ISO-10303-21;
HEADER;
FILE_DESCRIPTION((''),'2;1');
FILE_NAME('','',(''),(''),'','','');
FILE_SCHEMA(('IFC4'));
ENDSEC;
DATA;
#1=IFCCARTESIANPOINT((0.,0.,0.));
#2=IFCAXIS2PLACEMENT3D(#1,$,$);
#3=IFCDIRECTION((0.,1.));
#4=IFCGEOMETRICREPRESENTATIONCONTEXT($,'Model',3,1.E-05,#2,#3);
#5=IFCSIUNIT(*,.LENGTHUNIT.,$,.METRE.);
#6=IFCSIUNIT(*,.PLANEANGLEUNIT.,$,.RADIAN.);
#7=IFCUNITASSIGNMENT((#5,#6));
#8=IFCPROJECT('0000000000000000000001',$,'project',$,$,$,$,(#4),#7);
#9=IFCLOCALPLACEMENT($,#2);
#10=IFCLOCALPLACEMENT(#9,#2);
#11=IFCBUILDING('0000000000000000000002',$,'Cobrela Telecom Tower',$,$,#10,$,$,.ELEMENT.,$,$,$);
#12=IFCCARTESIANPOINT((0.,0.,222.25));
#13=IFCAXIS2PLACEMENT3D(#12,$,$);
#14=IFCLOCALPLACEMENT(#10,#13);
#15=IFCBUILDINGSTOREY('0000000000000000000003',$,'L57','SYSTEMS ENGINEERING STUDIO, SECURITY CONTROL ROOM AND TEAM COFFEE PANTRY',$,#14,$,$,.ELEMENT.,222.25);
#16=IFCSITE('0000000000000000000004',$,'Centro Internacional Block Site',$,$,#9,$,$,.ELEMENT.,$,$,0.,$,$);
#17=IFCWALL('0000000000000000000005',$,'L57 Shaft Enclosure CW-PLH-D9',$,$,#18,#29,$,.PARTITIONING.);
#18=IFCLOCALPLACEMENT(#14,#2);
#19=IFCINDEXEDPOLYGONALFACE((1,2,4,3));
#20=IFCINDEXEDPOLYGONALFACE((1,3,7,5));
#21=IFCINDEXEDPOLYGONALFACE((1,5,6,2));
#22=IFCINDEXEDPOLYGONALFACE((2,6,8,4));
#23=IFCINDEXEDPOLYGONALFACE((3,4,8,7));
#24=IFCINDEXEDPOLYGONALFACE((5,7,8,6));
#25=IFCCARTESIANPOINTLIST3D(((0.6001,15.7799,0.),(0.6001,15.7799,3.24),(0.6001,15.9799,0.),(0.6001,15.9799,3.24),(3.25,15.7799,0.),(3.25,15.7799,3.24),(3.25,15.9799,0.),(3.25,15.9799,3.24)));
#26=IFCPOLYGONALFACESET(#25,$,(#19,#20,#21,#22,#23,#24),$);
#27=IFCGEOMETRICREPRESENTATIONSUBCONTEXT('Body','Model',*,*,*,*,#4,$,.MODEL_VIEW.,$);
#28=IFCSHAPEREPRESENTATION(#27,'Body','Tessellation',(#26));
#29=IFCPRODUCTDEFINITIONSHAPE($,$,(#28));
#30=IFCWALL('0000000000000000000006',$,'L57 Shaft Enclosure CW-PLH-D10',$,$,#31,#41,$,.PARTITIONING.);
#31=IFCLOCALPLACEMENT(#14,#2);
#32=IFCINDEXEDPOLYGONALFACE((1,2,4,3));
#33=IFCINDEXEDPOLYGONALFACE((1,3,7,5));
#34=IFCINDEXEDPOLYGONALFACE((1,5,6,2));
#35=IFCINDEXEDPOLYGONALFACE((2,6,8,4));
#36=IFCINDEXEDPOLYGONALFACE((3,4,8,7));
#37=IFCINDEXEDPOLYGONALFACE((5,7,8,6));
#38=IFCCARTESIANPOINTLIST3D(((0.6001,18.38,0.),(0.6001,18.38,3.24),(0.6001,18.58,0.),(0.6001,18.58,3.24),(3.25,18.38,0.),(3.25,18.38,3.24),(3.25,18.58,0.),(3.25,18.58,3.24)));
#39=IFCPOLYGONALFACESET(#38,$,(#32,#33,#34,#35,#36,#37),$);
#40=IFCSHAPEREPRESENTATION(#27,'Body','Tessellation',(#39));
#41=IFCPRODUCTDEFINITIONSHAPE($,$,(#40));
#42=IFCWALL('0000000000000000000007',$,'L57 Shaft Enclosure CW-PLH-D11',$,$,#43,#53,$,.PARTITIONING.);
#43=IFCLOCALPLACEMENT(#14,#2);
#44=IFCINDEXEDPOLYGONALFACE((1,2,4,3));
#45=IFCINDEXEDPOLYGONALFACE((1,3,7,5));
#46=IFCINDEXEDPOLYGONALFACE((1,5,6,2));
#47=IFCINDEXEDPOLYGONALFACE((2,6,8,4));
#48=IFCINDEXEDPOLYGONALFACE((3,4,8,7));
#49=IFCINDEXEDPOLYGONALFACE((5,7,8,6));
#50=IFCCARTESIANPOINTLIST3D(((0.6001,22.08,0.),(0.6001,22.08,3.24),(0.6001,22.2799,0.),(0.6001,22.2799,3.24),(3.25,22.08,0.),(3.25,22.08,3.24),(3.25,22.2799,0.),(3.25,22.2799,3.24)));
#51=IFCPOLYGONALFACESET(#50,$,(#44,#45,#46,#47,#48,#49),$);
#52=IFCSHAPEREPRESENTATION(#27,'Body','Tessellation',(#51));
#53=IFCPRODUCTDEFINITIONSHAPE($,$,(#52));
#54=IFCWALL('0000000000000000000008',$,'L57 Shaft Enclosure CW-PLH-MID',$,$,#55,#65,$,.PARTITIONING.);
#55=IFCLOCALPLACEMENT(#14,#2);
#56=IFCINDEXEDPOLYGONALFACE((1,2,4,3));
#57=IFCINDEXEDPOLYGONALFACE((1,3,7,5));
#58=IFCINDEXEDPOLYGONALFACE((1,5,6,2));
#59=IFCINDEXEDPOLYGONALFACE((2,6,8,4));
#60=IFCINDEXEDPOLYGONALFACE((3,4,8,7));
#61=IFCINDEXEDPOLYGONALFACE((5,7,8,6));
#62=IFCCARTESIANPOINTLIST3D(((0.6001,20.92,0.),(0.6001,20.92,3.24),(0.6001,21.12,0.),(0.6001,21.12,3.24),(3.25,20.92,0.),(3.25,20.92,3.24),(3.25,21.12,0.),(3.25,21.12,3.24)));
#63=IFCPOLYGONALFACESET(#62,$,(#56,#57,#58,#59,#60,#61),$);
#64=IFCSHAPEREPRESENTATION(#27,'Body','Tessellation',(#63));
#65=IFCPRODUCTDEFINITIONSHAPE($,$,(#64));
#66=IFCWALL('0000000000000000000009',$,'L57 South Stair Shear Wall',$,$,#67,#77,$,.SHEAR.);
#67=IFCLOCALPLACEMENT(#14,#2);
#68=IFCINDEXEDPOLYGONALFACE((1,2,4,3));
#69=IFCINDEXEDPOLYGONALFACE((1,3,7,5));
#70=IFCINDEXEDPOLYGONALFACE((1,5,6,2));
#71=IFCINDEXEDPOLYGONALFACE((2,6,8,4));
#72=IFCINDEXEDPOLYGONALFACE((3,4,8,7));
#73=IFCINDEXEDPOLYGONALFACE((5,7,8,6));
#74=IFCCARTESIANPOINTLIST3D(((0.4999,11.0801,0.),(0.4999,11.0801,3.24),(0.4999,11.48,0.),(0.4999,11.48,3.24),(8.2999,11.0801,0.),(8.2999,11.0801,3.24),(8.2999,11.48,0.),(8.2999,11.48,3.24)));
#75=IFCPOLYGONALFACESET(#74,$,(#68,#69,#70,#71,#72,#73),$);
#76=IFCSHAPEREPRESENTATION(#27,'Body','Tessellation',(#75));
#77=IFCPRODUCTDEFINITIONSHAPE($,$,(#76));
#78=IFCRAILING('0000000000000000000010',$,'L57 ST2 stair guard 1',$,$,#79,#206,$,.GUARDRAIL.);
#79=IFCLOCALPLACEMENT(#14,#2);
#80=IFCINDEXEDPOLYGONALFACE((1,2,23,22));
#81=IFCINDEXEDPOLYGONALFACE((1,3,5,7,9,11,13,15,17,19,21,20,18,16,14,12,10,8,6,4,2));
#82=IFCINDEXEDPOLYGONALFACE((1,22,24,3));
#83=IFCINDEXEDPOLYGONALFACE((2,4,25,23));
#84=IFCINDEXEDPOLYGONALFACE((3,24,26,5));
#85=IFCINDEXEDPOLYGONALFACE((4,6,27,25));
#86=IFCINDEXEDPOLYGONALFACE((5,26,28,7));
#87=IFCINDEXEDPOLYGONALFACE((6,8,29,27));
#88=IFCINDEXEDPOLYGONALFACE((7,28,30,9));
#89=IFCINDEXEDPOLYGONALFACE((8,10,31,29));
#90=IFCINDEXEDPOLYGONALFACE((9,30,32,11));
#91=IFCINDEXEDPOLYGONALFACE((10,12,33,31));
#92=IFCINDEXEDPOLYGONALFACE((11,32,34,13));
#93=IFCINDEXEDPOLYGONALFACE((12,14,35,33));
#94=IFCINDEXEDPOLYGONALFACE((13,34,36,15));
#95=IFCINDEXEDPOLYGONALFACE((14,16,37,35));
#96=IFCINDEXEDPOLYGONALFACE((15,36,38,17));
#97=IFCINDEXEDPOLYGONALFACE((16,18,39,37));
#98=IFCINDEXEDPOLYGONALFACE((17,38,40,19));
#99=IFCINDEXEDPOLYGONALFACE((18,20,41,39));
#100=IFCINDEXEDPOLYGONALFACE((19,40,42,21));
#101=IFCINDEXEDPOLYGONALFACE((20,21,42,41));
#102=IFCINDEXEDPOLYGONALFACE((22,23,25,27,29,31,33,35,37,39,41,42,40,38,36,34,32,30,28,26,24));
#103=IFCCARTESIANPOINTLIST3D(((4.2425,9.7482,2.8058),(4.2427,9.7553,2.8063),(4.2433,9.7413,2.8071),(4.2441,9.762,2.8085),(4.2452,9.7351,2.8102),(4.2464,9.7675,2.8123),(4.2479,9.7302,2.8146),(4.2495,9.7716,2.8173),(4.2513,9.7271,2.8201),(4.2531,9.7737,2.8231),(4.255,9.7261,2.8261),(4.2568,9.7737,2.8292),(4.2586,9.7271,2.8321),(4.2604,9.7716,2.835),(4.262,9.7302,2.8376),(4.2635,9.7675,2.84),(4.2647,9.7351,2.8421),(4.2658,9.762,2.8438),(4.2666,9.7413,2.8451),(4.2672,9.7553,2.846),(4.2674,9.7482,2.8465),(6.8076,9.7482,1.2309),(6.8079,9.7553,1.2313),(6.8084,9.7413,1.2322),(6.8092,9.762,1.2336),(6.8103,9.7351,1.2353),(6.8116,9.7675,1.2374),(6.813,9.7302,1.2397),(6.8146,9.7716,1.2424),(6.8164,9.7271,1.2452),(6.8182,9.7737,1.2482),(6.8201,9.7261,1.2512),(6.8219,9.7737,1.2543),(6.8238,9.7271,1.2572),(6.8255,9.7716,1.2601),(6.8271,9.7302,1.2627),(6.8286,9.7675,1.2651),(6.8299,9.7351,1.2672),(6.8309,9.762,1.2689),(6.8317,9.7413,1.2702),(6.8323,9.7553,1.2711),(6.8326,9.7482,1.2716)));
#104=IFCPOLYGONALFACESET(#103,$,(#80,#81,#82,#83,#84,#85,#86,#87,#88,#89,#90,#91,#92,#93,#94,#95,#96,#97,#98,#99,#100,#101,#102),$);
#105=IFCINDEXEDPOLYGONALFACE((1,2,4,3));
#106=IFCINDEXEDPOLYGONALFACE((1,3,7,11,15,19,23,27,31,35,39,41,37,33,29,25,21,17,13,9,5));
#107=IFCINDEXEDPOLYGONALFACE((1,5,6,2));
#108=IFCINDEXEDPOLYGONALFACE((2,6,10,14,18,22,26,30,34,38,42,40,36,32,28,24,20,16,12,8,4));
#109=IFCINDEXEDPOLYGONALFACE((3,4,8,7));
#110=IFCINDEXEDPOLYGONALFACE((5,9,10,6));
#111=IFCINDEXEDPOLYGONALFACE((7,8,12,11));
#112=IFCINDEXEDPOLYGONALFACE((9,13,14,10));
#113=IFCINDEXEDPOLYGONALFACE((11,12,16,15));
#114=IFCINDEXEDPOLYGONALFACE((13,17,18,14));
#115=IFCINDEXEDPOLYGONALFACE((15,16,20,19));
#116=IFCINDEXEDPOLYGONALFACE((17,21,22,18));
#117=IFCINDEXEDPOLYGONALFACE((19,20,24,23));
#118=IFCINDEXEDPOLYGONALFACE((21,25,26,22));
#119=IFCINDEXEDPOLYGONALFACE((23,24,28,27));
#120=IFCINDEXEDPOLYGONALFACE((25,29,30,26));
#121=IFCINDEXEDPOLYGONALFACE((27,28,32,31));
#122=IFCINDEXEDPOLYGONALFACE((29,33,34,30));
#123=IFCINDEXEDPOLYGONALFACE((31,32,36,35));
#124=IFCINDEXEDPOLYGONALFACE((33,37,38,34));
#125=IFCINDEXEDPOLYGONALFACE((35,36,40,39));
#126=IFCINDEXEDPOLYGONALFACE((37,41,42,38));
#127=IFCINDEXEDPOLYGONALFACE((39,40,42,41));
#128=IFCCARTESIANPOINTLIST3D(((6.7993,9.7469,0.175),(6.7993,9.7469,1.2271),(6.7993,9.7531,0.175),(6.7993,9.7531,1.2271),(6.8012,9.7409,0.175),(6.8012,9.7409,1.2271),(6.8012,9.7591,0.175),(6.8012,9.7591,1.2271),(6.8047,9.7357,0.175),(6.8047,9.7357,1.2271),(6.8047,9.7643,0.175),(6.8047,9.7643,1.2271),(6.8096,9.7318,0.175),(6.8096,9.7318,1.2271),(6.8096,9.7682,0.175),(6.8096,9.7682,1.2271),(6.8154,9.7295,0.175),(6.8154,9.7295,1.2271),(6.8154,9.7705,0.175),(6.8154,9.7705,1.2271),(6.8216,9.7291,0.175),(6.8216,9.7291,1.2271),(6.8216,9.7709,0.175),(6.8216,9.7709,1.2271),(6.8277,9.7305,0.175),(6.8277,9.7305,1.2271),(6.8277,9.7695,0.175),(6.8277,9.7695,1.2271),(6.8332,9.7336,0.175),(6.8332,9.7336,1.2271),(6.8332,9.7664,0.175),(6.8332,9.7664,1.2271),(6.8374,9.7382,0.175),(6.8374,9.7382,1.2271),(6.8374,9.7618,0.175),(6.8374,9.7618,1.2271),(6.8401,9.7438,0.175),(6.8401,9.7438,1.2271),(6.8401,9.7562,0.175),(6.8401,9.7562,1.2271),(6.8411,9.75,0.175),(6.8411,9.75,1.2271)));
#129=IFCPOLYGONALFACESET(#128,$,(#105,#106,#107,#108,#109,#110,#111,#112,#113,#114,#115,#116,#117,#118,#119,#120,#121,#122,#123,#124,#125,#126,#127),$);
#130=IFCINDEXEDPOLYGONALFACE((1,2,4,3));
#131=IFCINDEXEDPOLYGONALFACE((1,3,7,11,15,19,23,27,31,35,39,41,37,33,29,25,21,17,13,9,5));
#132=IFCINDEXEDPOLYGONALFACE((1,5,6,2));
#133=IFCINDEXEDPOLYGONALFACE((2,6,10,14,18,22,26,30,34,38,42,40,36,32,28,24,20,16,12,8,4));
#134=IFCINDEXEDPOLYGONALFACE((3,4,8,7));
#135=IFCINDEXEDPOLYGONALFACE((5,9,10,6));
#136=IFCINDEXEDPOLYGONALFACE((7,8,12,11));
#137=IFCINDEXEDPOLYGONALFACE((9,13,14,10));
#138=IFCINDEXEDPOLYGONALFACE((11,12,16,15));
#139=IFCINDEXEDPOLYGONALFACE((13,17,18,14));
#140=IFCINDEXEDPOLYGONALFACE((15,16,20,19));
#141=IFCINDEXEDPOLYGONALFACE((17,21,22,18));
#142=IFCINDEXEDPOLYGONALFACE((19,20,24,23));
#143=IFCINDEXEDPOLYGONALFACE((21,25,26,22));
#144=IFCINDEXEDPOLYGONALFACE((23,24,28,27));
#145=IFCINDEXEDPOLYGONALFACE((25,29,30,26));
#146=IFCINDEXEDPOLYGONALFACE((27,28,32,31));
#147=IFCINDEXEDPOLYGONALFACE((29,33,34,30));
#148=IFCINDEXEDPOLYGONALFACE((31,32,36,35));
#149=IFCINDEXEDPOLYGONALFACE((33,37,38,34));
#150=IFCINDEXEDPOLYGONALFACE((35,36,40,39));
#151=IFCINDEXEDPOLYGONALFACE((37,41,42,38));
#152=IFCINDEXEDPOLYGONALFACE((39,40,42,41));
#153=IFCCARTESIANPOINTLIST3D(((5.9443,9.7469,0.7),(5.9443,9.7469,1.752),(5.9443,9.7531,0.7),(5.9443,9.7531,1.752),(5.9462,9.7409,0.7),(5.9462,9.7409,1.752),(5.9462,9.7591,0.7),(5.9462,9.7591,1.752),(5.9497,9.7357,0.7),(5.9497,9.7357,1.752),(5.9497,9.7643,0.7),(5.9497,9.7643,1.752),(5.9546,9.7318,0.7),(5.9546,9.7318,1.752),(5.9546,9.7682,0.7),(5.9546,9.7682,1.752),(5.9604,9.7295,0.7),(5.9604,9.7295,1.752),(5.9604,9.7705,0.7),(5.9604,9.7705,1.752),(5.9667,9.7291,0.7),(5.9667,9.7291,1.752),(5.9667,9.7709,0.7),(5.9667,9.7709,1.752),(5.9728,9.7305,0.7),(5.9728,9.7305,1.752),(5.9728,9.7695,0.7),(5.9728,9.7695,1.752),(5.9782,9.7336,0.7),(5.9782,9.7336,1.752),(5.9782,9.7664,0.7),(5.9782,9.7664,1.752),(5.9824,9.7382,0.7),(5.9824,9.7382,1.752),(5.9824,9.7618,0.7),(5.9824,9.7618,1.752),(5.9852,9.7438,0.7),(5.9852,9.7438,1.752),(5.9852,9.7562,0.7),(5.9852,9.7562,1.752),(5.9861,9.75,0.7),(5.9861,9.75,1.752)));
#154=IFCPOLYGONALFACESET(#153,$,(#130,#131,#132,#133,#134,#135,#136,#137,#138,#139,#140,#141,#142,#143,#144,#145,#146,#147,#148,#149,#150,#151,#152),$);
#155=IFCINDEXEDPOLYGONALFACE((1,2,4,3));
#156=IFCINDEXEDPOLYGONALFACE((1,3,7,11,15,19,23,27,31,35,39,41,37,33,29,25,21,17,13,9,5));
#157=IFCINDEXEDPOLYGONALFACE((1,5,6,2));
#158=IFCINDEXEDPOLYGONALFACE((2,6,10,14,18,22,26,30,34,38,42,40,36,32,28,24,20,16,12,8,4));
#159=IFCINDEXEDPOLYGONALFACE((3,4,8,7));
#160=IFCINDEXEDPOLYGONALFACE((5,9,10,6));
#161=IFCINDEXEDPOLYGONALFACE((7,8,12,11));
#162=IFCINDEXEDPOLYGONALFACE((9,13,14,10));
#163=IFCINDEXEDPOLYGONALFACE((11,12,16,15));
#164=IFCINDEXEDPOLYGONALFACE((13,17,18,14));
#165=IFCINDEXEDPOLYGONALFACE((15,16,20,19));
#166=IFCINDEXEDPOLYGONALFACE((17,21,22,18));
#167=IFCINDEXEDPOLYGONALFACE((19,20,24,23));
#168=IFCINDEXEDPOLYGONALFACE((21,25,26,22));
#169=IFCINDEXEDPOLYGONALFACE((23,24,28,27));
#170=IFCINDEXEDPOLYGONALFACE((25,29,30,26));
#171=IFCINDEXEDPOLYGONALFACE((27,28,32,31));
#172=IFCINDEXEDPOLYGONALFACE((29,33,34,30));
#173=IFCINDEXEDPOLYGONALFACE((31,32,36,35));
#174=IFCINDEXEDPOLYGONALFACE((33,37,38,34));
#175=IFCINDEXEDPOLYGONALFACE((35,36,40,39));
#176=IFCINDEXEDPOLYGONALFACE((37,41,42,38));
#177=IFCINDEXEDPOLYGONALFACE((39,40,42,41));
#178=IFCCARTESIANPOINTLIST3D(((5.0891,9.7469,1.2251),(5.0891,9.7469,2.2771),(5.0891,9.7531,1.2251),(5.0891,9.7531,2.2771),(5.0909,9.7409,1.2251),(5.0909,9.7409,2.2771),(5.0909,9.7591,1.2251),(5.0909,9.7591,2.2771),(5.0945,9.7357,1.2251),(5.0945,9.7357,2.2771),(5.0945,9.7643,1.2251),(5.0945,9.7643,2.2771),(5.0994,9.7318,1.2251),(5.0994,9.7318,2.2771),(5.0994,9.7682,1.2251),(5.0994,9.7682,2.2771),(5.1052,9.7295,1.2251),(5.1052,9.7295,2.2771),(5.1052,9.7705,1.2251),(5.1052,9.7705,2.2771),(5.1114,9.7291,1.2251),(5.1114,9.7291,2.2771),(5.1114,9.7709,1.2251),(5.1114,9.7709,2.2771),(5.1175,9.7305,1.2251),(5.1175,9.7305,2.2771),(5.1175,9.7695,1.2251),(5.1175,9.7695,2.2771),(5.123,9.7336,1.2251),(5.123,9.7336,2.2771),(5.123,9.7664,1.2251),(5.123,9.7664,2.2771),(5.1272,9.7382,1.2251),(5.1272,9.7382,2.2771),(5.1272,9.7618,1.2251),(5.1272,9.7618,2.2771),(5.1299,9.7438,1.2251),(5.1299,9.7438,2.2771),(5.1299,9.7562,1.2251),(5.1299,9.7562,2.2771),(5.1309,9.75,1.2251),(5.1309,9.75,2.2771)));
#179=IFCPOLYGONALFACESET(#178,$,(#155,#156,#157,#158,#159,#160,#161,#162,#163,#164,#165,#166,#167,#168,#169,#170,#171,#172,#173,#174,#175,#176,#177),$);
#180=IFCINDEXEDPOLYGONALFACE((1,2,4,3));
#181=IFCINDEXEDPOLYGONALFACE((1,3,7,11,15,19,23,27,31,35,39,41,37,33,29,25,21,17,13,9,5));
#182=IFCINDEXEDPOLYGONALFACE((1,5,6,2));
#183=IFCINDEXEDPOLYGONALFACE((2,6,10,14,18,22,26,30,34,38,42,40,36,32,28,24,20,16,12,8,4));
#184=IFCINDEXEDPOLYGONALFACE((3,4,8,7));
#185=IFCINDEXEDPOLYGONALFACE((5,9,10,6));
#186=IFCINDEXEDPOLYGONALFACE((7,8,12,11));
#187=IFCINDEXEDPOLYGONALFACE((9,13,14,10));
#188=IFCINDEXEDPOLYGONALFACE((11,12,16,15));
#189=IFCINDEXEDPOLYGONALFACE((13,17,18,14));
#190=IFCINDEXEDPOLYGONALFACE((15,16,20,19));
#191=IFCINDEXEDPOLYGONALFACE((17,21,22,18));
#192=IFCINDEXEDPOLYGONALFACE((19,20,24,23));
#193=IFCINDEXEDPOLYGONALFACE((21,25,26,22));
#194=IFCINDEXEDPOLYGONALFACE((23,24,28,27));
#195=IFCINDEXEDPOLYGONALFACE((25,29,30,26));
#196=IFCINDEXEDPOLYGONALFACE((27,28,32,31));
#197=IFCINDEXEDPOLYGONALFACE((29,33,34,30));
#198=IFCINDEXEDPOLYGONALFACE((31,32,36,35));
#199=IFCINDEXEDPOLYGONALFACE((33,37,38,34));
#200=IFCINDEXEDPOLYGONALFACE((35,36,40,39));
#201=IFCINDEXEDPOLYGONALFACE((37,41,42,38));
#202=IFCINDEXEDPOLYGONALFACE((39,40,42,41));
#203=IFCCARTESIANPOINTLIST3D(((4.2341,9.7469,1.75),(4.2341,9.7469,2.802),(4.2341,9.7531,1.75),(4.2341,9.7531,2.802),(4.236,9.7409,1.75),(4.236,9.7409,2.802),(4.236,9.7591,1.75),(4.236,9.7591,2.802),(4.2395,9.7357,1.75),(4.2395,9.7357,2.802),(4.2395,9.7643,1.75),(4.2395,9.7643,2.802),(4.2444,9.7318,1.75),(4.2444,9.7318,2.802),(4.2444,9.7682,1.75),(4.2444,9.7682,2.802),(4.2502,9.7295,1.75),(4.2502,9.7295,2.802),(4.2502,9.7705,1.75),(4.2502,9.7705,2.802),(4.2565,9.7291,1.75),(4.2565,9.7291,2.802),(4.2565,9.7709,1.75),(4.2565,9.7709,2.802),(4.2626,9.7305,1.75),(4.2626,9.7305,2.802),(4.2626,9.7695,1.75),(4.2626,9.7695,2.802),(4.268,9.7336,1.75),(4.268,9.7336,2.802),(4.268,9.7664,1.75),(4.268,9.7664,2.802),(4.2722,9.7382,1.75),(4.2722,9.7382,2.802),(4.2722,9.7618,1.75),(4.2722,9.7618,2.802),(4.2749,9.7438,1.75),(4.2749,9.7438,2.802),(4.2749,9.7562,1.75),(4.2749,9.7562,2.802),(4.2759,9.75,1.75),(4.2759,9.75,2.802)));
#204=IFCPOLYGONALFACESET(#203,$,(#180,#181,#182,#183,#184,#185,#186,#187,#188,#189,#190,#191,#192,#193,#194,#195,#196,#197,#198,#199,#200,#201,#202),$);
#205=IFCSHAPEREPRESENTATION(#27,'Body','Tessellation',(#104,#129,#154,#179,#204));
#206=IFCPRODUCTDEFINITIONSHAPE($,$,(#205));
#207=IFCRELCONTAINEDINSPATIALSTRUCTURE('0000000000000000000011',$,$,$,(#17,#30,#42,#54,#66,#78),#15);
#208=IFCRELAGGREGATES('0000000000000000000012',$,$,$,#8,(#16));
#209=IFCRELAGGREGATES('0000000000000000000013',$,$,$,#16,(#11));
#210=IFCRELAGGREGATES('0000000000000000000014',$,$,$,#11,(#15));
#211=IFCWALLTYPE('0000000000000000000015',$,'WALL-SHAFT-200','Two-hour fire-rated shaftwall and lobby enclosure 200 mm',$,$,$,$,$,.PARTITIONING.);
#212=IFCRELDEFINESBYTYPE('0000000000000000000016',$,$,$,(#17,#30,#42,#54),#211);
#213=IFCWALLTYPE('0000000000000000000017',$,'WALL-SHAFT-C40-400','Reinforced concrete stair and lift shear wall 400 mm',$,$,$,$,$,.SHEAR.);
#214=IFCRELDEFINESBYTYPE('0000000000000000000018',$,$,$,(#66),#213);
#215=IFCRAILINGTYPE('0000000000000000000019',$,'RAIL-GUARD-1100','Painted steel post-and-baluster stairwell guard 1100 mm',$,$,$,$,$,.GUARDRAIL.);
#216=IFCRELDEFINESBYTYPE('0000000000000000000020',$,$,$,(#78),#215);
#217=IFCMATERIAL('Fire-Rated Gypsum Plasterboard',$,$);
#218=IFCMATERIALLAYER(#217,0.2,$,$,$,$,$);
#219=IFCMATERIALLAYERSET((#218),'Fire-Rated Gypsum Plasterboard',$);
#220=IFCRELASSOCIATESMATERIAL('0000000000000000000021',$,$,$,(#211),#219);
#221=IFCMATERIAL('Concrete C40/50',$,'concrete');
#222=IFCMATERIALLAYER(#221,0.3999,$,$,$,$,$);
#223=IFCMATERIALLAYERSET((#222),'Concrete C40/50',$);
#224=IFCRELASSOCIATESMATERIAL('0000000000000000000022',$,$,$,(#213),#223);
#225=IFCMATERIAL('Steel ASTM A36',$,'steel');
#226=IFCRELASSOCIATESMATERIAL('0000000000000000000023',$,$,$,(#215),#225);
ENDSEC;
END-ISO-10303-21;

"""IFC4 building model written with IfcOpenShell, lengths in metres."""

from ifc_helpers import new_model, si_unit, direction, frame, frame_2d, origin, origin_2d, place, context, subcontext, project, spatial, rectangle, circle, extrude, material, layer, layer_set, type_object, element, save


model = new_model("IFC4")

# Units and contexts
model_context = context("Model", 3, precision=1e-05, world=origin(), true_north=direction((0.0, 1.0)))
body_context = subcontext(model_context, "Body", "Model", "MODEL_VIEW")
ifc_project = project(units=[si_unit("LENGTHUNIT", "METRE"), si_unit("PLANEANGLEUNIT", "RADIAN")], contexts=[model_context])

# Site, building, storey
site_placement = place(None, origin())
site = spatial("IfcSite", under=ifc_project, at=site_placement, Name="Centro Internacional Block Site", CompositionType="ELEMENT", RefElevation=0.0)
building_placement = place(site_placement, origin())
building = spatial("IfcBuilding", under=site, at=building_placement, Name="Cobrela Telecom Tower", CompositionType="ELEMENT")
storey_placement = place(building_placement, frame((0.0, 0.0, 222.25)))
storey = spatial("IfcBuildingStorey", under=building, at=storey_placement, Name="L57", Description="SYSTEMS ENGINEERING STUDIO, SECURITY CONTROL ROOM AND TEAM COFFEE PANTRY", CompositionType="ELEMENT", Elevation=222.25)

# Shared definitions
ifc_material_1 = material(Name="Fire-Rated Gypsum Plasterboard")

# Shared definitions
ifc_layer_1 = layer(ifc_material_1, 0.2)
ifc_layer_set_1 = layer_set([ifc_layer_1], Name="Fire-Rated Gypsum Plasterboard")
wall_type_1 = type_object("IfcWallType", Name="WALL-SHAFT-200", Description="Two-hour fire-rated shaftwall and lobby enclosure 200 mm", PredefinedType="PARTITIONING", material=ifc_layer_set_1)
ifc_material_2 = material(Name="Steel ASTM A36", Category="steel")

# Walls
for number, where, z_axis, x_axis, name in (
    (1, (0.6001, 15.8799, 0.0), (0.0, 0.0, 1.0), (1.0, 0.0, 0.0), "L57 Shaft Enclosure CW-PLH-D9"),
    (2, (0.6001, 18.48, 0.0), (0.0, 0.0, 1.0), (1.0, 0.0, 0.0), "L57 Shaft Enclosure CW-PLH-D10"),
    (3, (0.6001, 22.1799, 0.0), (0.0, 0.0, 1.0), (1.0, 0.0, 0.0), "L57 Shaft Enclosure CW-PLH-D11"),
    (4, (0.6001, 21.02, 0.0), (0.0, 0.0, 1.0), (1.0, 0.0, 0.0), "L57 Shaft Enclosure CW-PLH-MID"),
):
    element("IfcWall", number, at=place(storey_placement, frame(where, z_axis=z_axis, x_axis=x_axis)), inside=storey, type_object=wall_type_1, Name=name, PredefinedType="PARTITIONING", context=body_context, shape_type="SweptSolid", body=[
        extrude(rectangle(XDim=2.6499, YDim=0.2, at=frame_2d((1.325, 0.0))), origin(), (0.0, 0.0, 1.0), 3.24),
    ])
ifc_material_3 = material(Name="Concrete C40/50", Category="concrete")
ifc_layer_2 = layer(ifc_material_3, 0.3999)
ifc_layer_set_2 = layer_set([ifc_layer_2], Name="Concrete C40/50")
wall_type_2 = type_object("IfcWallType", Name="WALL-SHAFT-C40-400", Description="Reinforced concrete stair and lift shear wall 400 mm", PredefinedType="SHEAR", material=ifc_layer_set_2)
wall_1_placement = place(storey_placement, frame((0.5, 11.28, 0.0), z_axis=(0.0, 0.0, 1.0), x_axis=(1.0, 0.0, 0.0)))
element("IfcWall", 5, at=wall_1_placement, inside=storey, type_object=wall_type_2, Name="L57 South Stair Shear Wall", PredefinedType="SHEAR", context=body_context, shape_type="SweptSolid", body=[
    extrude(rectangle(XDim=7.8, YDim=0.3999, at=frame_2d((3.8999, 0.0))), origin(), (0.0, 0.0, 1.0), 3.24),
])

# Railing
railing_type = type_object("IfcRailingType", Name="RAIL-GUARD-1100", Description="Painted steel post-and-baluster stairwell guard 1100 mm", PredefinedType="GUARDRAIL", material=ifc_material_2)
railing_1_placement = place(storey_placement, frame((6.8201, 9.75, 0.175)))
element("IfcRailing", 6, at=railing_1_placement, inside=storey, type_object=railing_type, Name="L57 ST2 stair guard 1", PredefinedType="GUARDRAIL", context=body_context, shape_type="SweptSolid", body=[
    extrude(circle(Radius=0.0239, at=origin_2d()), frame((0.0, 0.0, 1.0762), z_axis=(-0.852195, 0.0, 0.523224), x_axis=(0.0, -1.0, 0.0)), (0.0, 0.0, 1.0), 3.01),
    extrude(circle(Radius=0.021, at=origin_2d()), origin(), (0.0, 0.0, 1.0), 1.052),
    extrude(circle(Radius=0.021, at=origin_2d()), frame((-0.855, 0.0, 0.5249)), (0.0, 0.0, 1.0), 1.052),
    extrude(circle(Radius=0.021, at=origin_2d()), frame((-1.7102, 0.0, 1.05)), (0.0, 0.0, 1.0), 1.052),
    extrude(circle(Radius=0.021, at=origin_2d()), frame((-2.5652, 0.0, 1.575)), (0.0, 0.0, 1.0), 1.052),
])

save(model, "model.ifc")
